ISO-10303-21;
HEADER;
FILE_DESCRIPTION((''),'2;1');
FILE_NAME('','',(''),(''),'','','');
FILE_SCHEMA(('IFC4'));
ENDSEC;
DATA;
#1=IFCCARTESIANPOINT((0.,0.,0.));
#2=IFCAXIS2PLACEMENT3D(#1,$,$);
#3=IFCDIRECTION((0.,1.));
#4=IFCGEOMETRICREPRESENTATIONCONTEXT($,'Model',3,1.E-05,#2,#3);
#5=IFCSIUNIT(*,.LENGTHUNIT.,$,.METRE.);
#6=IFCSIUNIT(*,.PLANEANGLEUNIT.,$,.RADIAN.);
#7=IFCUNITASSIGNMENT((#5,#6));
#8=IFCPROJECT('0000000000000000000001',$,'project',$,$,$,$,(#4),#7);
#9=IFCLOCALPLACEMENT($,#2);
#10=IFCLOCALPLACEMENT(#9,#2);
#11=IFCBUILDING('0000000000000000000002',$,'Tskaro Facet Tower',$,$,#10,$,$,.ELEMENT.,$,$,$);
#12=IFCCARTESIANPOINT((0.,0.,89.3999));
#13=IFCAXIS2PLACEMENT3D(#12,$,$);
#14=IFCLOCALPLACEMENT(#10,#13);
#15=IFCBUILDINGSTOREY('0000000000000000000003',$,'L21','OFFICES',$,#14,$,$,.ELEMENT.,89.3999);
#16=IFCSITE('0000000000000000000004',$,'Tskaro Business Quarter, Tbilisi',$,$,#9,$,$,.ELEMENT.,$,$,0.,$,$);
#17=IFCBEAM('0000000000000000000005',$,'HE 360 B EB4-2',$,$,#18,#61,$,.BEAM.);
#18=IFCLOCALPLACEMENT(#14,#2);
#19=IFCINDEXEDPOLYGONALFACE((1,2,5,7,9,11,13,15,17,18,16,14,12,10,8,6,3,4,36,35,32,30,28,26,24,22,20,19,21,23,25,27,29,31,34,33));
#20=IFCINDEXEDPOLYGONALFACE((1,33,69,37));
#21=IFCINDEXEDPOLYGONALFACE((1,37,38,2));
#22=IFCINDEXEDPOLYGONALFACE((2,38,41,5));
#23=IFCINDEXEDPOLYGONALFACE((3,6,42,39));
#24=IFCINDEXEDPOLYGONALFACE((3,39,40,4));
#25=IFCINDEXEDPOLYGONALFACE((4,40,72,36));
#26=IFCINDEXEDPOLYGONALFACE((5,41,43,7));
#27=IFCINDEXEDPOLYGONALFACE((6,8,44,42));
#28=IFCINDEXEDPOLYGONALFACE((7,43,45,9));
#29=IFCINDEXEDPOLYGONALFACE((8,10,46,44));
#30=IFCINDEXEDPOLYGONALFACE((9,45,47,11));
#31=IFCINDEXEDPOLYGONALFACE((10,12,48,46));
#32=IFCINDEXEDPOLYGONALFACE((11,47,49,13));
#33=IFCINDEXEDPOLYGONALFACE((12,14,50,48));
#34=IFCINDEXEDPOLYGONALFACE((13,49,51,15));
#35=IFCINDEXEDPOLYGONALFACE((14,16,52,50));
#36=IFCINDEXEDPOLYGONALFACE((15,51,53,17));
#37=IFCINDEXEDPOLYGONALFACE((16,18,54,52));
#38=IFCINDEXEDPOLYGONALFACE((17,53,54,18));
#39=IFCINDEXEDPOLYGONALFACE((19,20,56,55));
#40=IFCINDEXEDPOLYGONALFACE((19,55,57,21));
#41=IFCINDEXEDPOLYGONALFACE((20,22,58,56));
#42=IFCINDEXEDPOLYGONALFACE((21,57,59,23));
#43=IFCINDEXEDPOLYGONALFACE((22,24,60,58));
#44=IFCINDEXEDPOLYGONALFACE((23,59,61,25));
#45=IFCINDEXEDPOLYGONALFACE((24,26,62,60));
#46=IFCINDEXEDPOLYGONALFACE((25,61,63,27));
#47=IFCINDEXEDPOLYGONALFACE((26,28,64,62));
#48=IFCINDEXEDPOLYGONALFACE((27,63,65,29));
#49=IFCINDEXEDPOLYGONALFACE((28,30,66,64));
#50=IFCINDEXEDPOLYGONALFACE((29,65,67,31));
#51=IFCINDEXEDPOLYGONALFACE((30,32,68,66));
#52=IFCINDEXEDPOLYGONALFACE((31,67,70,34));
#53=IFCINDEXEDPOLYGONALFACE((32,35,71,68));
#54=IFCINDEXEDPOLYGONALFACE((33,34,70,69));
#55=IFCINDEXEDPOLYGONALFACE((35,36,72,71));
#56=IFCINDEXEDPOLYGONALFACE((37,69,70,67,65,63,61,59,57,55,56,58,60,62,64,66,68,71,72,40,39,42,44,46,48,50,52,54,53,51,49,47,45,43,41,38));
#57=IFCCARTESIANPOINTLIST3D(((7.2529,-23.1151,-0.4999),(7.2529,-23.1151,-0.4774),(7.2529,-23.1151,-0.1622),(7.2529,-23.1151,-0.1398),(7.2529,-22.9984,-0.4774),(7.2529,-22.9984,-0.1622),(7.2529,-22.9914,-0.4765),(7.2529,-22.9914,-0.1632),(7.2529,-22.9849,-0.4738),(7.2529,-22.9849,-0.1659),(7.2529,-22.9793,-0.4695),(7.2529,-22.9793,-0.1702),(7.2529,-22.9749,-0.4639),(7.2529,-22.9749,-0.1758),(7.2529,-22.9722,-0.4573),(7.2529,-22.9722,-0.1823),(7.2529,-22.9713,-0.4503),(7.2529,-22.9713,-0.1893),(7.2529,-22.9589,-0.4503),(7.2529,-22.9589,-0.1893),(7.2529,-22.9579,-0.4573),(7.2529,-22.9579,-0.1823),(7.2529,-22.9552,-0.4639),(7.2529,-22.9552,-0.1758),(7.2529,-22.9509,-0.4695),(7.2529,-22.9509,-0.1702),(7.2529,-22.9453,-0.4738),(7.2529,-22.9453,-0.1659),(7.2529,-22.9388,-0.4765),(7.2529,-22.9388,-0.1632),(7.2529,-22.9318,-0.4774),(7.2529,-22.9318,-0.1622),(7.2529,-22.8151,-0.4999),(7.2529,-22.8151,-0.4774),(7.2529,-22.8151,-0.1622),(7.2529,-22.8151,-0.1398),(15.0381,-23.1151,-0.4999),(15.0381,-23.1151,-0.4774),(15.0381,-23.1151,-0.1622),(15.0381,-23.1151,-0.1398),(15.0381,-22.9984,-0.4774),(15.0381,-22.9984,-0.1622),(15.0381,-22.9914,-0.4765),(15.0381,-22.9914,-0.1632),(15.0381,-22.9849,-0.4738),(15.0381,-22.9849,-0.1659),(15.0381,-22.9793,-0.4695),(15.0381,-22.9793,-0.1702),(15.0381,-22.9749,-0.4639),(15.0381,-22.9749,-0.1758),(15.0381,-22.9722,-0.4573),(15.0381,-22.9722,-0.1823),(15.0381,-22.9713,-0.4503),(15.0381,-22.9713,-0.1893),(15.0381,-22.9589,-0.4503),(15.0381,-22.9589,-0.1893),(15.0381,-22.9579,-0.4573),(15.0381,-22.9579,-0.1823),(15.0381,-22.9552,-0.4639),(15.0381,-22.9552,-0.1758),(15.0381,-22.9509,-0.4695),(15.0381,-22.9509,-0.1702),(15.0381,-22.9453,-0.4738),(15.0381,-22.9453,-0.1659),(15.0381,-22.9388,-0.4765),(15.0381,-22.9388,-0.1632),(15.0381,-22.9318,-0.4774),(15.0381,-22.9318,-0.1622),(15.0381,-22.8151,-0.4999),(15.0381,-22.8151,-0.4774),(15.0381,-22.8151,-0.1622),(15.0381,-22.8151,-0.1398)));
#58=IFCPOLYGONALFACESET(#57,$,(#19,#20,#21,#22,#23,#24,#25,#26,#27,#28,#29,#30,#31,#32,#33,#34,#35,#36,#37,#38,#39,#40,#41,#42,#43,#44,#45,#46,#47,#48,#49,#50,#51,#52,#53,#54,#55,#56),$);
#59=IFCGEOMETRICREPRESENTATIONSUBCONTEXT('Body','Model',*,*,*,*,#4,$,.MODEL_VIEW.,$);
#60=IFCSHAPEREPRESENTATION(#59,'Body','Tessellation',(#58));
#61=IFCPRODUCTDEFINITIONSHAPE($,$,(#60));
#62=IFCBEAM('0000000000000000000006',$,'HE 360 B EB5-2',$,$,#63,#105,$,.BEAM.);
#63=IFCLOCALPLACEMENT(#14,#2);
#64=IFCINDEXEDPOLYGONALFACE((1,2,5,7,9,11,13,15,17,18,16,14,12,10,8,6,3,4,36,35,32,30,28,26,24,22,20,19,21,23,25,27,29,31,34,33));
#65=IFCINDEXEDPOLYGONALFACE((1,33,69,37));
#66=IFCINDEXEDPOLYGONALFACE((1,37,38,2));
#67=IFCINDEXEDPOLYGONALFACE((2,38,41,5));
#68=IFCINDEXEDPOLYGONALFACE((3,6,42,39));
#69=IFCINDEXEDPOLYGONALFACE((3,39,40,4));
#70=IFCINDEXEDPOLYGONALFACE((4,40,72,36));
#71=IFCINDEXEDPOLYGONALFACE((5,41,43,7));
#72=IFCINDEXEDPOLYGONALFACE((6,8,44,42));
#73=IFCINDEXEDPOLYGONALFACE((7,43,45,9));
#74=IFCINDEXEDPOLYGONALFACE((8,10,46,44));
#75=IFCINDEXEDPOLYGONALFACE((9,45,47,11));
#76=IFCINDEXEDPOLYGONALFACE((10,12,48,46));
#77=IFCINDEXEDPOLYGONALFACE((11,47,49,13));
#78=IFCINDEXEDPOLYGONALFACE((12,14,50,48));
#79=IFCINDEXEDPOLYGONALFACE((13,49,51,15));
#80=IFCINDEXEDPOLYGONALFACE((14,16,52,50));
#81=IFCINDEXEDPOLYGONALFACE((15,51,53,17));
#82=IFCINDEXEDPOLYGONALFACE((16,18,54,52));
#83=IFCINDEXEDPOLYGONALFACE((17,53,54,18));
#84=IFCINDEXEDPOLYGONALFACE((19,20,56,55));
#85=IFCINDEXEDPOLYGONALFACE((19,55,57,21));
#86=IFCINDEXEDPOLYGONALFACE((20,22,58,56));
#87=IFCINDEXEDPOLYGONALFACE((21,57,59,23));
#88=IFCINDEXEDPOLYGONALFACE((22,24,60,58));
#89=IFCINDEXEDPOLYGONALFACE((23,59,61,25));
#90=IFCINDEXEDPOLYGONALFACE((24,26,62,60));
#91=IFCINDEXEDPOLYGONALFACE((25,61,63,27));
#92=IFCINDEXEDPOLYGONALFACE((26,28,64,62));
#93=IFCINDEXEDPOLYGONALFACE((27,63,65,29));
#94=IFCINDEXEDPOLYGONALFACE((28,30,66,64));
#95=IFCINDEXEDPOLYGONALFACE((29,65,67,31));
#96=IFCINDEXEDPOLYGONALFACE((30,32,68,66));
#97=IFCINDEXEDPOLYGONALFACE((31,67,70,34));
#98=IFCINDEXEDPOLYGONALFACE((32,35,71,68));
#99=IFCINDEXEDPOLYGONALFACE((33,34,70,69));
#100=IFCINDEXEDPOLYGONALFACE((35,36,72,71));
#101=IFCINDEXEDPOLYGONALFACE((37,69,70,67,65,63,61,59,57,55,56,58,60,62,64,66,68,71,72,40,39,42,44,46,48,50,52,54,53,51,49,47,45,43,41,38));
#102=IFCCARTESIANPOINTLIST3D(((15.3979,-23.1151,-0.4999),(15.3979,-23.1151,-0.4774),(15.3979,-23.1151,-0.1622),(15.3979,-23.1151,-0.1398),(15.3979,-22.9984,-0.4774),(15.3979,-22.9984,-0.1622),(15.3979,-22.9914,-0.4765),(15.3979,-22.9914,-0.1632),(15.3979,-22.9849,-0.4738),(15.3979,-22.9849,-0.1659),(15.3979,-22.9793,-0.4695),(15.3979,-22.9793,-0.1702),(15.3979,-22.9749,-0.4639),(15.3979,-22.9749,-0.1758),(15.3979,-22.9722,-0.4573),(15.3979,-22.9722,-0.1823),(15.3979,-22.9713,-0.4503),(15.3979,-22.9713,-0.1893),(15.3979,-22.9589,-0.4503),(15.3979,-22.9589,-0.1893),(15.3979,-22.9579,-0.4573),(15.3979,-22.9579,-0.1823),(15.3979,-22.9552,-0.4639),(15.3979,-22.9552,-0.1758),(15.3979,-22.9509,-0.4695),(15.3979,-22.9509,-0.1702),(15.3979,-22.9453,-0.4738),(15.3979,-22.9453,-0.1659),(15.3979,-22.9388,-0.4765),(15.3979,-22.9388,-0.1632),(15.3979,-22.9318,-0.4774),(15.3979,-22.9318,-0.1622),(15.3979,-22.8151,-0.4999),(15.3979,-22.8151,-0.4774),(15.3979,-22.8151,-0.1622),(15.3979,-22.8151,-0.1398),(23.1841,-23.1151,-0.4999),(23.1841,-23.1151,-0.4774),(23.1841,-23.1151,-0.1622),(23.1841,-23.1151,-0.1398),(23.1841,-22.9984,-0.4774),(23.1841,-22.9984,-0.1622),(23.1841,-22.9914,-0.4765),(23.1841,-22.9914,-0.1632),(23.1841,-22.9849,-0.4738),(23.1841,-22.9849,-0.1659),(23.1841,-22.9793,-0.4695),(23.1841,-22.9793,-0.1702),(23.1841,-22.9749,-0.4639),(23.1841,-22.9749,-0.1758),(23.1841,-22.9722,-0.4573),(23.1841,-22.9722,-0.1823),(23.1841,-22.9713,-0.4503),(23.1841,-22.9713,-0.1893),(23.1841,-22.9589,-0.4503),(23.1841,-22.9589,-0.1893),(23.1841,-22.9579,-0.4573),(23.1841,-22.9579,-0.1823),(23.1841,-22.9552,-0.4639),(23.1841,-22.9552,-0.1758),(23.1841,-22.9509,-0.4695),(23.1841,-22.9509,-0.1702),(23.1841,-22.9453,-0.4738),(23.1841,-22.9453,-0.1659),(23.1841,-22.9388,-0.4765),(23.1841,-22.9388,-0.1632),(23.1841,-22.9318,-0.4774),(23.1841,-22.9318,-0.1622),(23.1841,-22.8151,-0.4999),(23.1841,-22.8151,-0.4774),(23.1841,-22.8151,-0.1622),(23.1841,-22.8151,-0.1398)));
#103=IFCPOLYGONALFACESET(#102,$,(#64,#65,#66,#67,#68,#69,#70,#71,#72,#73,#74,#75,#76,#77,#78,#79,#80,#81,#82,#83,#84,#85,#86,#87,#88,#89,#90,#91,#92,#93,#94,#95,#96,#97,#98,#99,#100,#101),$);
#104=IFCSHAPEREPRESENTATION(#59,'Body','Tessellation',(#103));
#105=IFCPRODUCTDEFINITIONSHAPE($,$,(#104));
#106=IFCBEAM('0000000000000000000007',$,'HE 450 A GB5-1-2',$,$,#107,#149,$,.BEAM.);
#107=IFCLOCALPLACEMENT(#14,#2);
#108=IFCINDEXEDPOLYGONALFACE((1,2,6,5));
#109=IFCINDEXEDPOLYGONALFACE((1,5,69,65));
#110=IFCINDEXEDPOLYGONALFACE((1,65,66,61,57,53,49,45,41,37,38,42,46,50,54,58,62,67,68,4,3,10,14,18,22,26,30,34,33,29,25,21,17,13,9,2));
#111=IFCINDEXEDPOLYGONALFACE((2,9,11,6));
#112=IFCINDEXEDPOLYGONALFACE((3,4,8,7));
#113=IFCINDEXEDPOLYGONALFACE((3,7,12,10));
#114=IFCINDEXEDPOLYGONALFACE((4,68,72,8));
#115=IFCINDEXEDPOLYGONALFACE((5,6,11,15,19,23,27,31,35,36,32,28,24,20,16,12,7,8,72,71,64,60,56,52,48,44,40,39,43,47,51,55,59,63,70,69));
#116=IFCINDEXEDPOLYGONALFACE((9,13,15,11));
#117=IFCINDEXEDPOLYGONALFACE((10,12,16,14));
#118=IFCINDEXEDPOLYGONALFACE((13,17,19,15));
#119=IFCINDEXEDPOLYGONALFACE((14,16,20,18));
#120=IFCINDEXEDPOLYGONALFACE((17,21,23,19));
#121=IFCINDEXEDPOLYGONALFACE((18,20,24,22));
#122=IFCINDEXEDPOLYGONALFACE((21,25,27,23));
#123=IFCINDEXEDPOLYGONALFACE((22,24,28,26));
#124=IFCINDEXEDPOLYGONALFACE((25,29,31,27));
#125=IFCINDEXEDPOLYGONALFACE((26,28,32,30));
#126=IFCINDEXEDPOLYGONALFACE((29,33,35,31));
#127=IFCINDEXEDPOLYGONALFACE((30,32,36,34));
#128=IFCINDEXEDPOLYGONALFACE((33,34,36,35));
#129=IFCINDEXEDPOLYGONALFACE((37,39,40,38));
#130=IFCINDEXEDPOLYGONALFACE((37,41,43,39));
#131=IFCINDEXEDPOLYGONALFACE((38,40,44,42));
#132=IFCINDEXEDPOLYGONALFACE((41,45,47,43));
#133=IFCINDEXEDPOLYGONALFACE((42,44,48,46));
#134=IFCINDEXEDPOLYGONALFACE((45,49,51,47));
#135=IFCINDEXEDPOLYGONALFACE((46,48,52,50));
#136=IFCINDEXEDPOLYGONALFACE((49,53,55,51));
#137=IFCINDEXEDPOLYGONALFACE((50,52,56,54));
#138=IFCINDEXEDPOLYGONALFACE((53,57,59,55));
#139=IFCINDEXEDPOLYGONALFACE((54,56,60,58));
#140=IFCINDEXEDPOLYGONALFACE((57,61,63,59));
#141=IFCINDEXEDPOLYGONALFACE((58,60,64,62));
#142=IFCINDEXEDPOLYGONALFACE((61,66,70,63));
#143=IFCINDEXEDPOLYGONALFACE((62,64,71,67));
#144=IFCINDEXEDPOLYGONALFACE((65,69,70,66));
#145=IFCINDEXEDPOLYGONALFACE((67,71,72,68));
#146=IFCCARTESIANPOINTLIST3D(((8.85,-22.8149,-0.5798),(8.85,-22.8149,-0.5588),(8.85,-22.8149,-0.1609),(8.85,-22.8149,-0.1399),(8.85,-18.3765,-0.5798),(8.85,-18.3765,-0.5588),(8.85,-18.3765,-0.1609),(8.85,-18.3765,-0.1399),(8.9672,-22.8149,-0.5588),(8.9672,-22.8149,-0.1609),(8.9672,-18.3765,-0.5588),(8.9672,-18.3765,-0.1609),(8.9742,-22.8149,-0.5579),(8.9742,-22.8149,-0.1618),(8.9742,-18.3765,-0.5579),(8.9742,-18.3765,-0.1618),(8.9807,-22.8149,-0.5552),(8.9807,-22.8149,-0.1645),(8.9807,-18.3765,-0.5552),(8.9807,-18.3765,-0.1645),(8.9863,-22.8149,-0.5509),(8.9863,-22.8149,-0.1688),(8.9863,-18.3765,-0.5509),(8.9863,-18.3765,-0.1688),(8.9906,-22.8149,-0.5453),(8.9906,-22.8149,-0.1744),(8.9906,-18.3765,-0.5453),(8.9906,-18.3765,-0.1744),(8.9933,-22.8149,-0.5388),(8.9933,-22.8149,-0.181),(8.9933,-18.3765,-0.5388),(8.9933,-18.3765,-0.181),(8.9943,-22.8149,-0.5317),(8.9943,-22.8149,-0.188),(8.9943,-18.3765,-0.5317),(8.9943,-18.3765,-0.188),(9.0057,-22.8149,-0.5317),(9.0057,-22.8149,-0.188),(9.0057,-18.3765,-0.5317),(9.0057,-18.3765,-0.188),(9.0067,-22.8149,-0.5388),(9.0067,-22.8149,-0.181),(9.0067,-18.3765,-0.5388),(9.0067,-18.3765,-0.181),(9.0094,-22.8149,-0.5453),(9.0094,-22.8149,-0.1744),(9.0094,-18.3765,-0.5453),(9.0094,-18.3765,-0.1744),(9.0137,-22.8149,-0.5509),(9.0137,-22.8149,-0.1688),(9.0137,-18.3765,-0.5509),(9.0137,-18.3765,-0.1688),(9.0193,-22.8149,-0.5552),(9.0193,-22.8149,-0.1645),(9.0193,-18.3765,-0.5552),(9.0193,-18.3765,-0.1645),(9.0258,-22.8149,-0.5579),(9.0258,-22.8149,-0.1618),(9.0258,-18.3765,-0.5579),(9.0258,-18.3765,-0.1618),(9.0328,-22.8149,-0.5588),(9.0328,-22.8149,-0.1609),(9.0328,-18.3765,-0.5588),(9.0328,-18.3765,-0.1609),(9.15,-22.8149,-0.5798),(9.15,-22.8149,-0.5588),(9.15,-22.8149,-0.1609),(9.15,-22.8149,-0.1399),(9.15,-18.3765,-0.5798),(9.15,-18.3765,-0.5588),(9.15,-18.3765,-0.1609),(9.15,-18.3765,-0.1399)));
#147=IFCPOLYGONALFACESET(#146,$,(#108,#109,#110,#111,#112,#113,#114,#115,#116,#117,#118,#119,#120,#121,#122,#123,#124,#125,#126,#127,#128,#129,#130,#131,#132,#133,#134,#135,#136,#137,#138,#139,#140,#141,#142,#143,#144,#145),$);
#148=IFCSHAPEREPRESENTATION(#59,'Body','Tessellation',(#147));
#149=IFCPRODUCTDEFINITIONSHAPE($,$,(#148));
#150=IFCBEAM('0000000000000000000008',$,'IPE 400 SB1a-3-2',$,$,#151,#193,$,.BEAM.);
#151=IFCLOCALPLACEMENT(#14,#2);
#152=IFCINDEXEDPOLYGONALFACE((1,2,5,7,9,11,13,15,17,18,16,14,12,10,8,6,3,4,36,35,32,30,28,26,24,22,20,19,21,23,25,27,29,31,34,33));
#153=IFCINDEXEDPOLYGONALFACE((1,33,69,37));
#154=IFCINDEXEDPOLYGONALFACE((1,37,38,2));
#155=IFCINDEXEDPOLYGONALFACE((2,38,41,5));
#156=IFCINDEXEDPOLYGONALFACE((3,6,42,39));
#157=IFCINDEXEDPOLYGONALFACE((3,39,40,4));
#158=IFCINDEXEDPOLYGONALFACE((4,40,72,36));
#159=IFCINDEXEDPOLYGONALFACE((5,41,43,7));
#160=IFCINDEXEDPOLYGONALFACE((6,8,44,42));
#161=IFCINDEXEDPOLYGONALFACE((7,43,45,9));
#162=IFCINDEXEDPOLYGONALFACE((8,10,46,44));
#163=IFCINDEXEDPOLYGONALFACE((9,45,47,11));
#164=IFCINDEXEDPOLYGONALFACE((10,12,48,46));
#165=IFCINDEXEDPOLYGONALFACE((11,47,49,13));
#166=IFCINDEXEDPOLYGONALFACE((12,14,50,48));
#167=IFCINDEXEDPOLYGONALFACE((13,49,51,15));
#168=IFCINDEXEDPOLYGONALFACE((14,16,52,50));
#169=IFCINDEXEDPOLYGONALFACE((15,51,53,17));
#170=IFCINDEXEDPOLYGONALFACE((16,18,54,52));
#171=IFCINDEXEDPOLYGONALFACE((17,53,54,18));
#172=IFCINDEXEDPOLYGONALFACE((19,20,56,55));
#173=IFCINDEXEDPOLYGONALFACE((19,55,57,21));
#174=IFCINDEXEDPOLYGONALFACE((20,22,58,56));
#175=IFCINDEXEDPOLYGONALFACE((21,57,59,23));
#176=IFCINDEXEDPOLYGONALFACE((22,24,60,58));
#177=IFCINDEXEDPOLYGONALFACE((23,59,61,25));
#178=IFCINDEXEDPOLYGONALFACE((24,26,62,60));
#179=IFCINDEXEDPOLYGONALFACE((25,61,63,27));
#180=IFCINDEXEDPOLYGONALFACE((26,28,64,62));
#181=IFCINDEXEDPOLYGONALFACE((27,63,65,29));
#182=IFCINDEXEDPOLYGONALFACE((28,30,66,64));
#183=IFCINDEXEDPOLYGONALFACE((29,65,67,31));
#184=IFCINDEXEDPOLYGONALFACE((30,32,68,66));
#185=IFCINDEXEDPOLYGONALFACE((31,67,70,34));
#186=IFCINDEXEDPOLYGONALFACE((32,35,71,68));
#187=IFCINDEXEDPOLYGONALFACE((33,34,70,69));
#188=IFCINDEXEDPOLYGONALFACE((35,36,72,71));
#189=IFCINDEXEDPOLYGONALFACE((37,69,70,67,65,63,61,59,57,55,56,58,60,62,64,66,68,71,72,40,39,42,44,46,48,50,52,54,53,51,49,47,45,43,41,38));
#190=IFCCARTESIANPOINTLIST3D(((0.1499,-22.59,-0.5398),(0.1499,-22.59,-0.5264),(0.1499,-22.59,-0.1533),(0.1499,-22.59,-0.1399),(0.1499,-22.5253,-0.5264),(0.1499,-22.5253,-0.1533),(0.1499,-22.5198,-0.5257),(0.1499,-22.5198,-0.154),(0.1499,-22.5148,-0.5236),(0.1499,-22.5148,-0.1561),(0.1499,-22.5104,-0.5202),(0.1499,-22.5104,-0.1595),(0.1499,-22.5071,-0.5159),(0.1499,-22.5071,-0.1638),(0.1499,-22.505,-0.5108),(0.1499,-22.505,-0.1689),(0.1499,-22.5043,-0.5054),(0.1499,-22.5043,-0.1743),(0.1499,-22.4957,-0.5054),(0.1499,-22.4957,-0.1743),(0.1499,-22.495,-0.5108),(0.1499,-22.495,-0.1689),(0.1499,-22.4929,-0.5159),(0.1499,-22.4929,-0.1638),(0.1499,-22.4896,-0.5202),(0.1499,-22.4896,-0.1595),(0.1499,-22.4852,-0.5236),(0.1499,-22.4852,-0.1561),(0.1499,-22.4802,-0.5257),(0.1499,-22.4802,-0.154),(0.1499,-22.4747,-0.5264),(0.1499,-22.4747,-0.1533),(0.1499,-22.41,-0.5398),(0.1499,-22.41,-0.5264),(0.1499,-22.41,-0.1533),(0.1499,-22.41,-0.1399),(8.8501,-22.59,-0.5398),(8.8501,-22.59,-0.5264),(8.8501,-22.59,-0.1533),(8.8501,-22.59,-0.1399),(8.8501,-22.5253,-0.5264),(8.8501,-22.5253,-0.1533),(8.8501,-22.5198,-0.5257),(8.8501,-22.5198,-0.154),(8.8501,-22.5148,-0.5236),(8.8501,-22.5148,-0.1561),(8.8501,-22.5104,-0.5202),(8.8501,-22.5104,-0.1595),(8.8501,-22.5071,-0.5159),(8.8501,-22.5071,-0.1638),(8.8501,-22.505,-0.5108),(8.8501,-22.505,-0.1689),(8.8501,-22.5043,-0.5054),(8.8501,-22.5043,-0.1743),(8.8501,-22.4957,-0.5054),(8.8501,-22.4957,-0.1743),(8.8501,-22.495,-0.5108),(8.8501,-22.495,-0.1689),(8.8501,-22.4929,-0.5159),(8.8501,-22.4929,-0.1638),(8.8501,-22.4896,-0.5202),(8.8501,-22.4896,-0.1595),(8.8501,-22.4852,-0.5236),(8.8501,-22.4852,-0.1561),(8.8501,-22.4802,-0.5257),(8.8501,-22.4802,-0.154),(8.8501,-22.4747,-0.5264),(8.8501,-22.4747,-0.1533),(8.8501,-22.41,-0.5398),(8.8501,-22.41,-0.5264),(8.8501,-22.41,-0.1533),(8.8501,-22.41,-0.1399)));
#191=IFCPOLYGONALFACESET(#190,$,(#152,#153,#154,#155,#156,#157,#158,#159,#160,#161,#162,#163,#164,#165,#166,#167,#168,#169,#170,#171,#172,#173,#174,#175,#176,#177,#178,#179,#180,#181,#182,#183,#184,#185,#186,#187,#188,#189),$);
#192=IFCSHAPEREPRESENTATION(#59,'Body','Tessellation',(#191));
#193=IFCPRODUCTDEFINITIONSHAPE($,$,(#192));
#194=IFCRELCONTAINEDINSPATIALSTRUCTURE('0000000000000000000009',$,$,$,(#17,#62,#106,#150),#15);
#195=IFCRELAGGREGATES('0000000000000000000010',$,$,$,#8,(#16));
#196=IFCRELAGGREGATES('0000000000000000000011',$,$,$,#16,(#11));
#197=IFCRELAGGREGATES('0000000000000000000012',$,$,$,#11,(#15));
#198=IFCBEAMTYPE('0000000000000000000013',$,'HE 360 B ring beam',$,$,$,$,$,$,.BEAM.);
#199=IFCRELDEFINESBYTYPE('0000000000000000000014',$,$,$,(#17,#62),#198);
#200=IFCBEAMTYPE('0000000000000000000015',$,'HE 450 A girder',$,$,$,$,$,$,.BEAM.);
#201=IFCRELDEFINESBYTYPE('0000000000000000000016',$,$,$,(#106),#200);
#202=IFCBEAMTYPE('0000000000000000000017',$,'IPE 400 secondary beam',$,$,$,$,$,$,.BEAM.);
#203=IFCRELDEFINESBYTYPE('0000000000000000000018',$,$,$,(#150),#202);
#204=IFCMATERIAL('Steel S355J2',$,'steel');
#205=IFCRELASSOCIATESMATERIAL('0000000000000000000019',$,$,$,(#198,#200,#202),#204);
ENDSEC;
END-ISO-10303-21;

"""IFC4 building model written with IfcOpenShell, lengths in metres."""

from ifc_helpers import new_model, si_unit, direction, frame, origin, origin_2d, place, context, subcontext, project, spatial, i_section, extrude, material, material_profile, profile_set, type_object, element, save


model = new_model("IFC4")

# Units and contexts
model_context = context("Model", 3, precision=1e-05, world=origin(), true_north=direction((0.0, 1.0)))
body_context = subcontext(model_context, "Body", "Model", "MODEL_VIEW")
ifc_project = project(units=[si_unit("LENGTHUNIT", "METRE"), si_unit("PLANEANGLEUNIT", "RADIAN")], contexts=[model_context])

# Site, building, storey
site_placement = place(None, origin())
site = spatial("IfcSite", under=ifc_project, at=site_placement, Name="Tskaro Business Quarter, Tbilisi", CompositionType="ELEMENT", RefElevation=0.0)
building_placement = place(site_placement, origin())
building = spatial("IfcBuilding", under=site, at=building_placement, Name="Tskaro Facet Tower", CompositionType="ELEMENT")
storey_placement = place(building_placement, frame((0.0, 0.0, 89.3999)))
storey = spatial("IfcBuildingStorey", under=building, at=storey_placement, Name="L21", Description="OFFICES", CompositionType="ELEMENT", Elevation=89.3999)

# Beams
ifc_material_1 = material(Name="Steel S355J2", Category="steel")
ifc_material_profile_1 = material_profile(ifc_material_1, i_section(OverallWidth=0.3, OverallDepth=0.3601, WebThickness=0.0125, FlangeThickness=0.0225, FilletRadius=0.0271, at=origin_2d()), Name="HE 360 B")
ifc_profile_set_1 = profile_set([ifc_material_profile_1], Name="Steel S355J2")
beam_type_1 = type_object("IfcBeamType", Name="HE 360 B ring beam", PredefinedType="BEAM", material=ifc_profile_set_1)
beam_1_placement = place(storey_placement, frame((7.2529, -22.9651, -0.3198), z_axis=(1.0, 0.0, 0.0), x_axis=(0.0, 1.0, 0.0)))
element("IfcBeam", 1, at=beam_1_placement, inside=storey, type_object=beam_type_1, Name="HE 360 B EB4-2", PredefinedType="BEAM", context=body_context, shape_type="SweptSolid", body=[
    extrude(i_section(OverallWidth=0.3, OverallDepth=0.3601, WebThickness=0.0125, FlangeThickness=0.0225, FilletRadius=0.0271, at=origin_2d()), origin(), (0.0, 0.0, 1.0), 7.7852),
])
beam_2_placement = place(storey_placement, frame((15.3979, -22.9651, -0.3198), z_axis=(1.0, 0.0, 0.0), x_axis=(0.0, 1.0, 0.0)))
element("IfcBeam", 2, at=beam_2_placement, inside=storey, type_object=beam_type_1, Name="HE 360 B EB5-2", PredefinedType="BEAM", context=body_context, shape_type="SweptSolid", body=[
    extrude(i_section(OverallWidth=0.3, OverallDepth=0.3601, WebThickness=0.0125, FlangeThickness=0.0225, FilletRadius=0.0271, at=origin_2d()), origin(), (0.0, 0.0, 1.0), 7.7861),
])
ifc_material_profile_2 = material_profile(ifc_material_1, i_section(OverallWidth=0.3, OverallDepth=0.4399, WebThickness=0.0115, FlangeThickness=0.021, FilletRadius=0.0271, at=origin_2d()), Name="HE 450 A")
ifc_profile_set_2 = profile_set([ifc_material_profile_2], Name="Steel S355J2")
beam_type_2 = type_object("IfcBeamType", Name="HE 450 A girder", PredefinedType="BEAM", material=ifc_profile_set_2)
beam_3_placement = place(storey_placement, frame((9.0, -22.8149, -0.3599), z_axis=(0.0, 1.0, 0.0), x_axis=(-1.0, 0.0, 0.0)))
element("IfcBeam", 3, at=beam_3_placement, inside=storey, type_object=beam_type_2, Name="HE 450 A GB5-1-2", PredefinedType="BEAM", context=body_context, shape_type="SweptSolid", body=[
    extrude(i_section(OverallWidth=0.3, OverallDepth=0.4399, WebThickness=0.0115, FlangeThickness=0.021, FilletRadius=0.0271, at=origin_2d()), origin(), (0.0, 0.0, 1.0), 4.4385),
])
ifc_material_profile_3 = material_profile(ifc_material_1, i_section(OverallWidth=0.1799, OverallDepth=0.3999, WebThickness=0.0085, FlangeThickness=0.0134, FilletRadius=0.021, at=origin_2d()), Name="IPE 400")
ifc_profile_set_3 = profile_set([ifc_material_profile_3], Name="Steel S355J2")
beam_type_3 = type_object("IfcBeamType", Name="IPE 400 secondary beam", PredefinedType="BEAM", material=ifc_profile_set_3)
for number, where, z_axis, x_axis, name in (
    (4, (0.1499, -22.5, -0.3398), (1.0, 0.0, 0.0), (0.0, 1.0, 0.0), "IPE 400 SB1a-3-2"),
):
    element("IfcBeam", number, at=place(storey_placement, frame(where, z_axis=z_axis, x_axis=x_axis)), inside=storey, type_object=beam_type_3, Name=name, PredefinedType="BEAM", context=body_context, shape_type="SweptSolid", body=[
        extrude(i_section(OverallWidth=0.1799, OverallDepth=0.3999, WebThickness=0.0085, FlangeThickness=0.0134, FilletRadius=0.021, at=origin_2d()), origin(), (0.0, 0.0, 1.0), 8.7002),
    ])

save(model, "model.ifc")
